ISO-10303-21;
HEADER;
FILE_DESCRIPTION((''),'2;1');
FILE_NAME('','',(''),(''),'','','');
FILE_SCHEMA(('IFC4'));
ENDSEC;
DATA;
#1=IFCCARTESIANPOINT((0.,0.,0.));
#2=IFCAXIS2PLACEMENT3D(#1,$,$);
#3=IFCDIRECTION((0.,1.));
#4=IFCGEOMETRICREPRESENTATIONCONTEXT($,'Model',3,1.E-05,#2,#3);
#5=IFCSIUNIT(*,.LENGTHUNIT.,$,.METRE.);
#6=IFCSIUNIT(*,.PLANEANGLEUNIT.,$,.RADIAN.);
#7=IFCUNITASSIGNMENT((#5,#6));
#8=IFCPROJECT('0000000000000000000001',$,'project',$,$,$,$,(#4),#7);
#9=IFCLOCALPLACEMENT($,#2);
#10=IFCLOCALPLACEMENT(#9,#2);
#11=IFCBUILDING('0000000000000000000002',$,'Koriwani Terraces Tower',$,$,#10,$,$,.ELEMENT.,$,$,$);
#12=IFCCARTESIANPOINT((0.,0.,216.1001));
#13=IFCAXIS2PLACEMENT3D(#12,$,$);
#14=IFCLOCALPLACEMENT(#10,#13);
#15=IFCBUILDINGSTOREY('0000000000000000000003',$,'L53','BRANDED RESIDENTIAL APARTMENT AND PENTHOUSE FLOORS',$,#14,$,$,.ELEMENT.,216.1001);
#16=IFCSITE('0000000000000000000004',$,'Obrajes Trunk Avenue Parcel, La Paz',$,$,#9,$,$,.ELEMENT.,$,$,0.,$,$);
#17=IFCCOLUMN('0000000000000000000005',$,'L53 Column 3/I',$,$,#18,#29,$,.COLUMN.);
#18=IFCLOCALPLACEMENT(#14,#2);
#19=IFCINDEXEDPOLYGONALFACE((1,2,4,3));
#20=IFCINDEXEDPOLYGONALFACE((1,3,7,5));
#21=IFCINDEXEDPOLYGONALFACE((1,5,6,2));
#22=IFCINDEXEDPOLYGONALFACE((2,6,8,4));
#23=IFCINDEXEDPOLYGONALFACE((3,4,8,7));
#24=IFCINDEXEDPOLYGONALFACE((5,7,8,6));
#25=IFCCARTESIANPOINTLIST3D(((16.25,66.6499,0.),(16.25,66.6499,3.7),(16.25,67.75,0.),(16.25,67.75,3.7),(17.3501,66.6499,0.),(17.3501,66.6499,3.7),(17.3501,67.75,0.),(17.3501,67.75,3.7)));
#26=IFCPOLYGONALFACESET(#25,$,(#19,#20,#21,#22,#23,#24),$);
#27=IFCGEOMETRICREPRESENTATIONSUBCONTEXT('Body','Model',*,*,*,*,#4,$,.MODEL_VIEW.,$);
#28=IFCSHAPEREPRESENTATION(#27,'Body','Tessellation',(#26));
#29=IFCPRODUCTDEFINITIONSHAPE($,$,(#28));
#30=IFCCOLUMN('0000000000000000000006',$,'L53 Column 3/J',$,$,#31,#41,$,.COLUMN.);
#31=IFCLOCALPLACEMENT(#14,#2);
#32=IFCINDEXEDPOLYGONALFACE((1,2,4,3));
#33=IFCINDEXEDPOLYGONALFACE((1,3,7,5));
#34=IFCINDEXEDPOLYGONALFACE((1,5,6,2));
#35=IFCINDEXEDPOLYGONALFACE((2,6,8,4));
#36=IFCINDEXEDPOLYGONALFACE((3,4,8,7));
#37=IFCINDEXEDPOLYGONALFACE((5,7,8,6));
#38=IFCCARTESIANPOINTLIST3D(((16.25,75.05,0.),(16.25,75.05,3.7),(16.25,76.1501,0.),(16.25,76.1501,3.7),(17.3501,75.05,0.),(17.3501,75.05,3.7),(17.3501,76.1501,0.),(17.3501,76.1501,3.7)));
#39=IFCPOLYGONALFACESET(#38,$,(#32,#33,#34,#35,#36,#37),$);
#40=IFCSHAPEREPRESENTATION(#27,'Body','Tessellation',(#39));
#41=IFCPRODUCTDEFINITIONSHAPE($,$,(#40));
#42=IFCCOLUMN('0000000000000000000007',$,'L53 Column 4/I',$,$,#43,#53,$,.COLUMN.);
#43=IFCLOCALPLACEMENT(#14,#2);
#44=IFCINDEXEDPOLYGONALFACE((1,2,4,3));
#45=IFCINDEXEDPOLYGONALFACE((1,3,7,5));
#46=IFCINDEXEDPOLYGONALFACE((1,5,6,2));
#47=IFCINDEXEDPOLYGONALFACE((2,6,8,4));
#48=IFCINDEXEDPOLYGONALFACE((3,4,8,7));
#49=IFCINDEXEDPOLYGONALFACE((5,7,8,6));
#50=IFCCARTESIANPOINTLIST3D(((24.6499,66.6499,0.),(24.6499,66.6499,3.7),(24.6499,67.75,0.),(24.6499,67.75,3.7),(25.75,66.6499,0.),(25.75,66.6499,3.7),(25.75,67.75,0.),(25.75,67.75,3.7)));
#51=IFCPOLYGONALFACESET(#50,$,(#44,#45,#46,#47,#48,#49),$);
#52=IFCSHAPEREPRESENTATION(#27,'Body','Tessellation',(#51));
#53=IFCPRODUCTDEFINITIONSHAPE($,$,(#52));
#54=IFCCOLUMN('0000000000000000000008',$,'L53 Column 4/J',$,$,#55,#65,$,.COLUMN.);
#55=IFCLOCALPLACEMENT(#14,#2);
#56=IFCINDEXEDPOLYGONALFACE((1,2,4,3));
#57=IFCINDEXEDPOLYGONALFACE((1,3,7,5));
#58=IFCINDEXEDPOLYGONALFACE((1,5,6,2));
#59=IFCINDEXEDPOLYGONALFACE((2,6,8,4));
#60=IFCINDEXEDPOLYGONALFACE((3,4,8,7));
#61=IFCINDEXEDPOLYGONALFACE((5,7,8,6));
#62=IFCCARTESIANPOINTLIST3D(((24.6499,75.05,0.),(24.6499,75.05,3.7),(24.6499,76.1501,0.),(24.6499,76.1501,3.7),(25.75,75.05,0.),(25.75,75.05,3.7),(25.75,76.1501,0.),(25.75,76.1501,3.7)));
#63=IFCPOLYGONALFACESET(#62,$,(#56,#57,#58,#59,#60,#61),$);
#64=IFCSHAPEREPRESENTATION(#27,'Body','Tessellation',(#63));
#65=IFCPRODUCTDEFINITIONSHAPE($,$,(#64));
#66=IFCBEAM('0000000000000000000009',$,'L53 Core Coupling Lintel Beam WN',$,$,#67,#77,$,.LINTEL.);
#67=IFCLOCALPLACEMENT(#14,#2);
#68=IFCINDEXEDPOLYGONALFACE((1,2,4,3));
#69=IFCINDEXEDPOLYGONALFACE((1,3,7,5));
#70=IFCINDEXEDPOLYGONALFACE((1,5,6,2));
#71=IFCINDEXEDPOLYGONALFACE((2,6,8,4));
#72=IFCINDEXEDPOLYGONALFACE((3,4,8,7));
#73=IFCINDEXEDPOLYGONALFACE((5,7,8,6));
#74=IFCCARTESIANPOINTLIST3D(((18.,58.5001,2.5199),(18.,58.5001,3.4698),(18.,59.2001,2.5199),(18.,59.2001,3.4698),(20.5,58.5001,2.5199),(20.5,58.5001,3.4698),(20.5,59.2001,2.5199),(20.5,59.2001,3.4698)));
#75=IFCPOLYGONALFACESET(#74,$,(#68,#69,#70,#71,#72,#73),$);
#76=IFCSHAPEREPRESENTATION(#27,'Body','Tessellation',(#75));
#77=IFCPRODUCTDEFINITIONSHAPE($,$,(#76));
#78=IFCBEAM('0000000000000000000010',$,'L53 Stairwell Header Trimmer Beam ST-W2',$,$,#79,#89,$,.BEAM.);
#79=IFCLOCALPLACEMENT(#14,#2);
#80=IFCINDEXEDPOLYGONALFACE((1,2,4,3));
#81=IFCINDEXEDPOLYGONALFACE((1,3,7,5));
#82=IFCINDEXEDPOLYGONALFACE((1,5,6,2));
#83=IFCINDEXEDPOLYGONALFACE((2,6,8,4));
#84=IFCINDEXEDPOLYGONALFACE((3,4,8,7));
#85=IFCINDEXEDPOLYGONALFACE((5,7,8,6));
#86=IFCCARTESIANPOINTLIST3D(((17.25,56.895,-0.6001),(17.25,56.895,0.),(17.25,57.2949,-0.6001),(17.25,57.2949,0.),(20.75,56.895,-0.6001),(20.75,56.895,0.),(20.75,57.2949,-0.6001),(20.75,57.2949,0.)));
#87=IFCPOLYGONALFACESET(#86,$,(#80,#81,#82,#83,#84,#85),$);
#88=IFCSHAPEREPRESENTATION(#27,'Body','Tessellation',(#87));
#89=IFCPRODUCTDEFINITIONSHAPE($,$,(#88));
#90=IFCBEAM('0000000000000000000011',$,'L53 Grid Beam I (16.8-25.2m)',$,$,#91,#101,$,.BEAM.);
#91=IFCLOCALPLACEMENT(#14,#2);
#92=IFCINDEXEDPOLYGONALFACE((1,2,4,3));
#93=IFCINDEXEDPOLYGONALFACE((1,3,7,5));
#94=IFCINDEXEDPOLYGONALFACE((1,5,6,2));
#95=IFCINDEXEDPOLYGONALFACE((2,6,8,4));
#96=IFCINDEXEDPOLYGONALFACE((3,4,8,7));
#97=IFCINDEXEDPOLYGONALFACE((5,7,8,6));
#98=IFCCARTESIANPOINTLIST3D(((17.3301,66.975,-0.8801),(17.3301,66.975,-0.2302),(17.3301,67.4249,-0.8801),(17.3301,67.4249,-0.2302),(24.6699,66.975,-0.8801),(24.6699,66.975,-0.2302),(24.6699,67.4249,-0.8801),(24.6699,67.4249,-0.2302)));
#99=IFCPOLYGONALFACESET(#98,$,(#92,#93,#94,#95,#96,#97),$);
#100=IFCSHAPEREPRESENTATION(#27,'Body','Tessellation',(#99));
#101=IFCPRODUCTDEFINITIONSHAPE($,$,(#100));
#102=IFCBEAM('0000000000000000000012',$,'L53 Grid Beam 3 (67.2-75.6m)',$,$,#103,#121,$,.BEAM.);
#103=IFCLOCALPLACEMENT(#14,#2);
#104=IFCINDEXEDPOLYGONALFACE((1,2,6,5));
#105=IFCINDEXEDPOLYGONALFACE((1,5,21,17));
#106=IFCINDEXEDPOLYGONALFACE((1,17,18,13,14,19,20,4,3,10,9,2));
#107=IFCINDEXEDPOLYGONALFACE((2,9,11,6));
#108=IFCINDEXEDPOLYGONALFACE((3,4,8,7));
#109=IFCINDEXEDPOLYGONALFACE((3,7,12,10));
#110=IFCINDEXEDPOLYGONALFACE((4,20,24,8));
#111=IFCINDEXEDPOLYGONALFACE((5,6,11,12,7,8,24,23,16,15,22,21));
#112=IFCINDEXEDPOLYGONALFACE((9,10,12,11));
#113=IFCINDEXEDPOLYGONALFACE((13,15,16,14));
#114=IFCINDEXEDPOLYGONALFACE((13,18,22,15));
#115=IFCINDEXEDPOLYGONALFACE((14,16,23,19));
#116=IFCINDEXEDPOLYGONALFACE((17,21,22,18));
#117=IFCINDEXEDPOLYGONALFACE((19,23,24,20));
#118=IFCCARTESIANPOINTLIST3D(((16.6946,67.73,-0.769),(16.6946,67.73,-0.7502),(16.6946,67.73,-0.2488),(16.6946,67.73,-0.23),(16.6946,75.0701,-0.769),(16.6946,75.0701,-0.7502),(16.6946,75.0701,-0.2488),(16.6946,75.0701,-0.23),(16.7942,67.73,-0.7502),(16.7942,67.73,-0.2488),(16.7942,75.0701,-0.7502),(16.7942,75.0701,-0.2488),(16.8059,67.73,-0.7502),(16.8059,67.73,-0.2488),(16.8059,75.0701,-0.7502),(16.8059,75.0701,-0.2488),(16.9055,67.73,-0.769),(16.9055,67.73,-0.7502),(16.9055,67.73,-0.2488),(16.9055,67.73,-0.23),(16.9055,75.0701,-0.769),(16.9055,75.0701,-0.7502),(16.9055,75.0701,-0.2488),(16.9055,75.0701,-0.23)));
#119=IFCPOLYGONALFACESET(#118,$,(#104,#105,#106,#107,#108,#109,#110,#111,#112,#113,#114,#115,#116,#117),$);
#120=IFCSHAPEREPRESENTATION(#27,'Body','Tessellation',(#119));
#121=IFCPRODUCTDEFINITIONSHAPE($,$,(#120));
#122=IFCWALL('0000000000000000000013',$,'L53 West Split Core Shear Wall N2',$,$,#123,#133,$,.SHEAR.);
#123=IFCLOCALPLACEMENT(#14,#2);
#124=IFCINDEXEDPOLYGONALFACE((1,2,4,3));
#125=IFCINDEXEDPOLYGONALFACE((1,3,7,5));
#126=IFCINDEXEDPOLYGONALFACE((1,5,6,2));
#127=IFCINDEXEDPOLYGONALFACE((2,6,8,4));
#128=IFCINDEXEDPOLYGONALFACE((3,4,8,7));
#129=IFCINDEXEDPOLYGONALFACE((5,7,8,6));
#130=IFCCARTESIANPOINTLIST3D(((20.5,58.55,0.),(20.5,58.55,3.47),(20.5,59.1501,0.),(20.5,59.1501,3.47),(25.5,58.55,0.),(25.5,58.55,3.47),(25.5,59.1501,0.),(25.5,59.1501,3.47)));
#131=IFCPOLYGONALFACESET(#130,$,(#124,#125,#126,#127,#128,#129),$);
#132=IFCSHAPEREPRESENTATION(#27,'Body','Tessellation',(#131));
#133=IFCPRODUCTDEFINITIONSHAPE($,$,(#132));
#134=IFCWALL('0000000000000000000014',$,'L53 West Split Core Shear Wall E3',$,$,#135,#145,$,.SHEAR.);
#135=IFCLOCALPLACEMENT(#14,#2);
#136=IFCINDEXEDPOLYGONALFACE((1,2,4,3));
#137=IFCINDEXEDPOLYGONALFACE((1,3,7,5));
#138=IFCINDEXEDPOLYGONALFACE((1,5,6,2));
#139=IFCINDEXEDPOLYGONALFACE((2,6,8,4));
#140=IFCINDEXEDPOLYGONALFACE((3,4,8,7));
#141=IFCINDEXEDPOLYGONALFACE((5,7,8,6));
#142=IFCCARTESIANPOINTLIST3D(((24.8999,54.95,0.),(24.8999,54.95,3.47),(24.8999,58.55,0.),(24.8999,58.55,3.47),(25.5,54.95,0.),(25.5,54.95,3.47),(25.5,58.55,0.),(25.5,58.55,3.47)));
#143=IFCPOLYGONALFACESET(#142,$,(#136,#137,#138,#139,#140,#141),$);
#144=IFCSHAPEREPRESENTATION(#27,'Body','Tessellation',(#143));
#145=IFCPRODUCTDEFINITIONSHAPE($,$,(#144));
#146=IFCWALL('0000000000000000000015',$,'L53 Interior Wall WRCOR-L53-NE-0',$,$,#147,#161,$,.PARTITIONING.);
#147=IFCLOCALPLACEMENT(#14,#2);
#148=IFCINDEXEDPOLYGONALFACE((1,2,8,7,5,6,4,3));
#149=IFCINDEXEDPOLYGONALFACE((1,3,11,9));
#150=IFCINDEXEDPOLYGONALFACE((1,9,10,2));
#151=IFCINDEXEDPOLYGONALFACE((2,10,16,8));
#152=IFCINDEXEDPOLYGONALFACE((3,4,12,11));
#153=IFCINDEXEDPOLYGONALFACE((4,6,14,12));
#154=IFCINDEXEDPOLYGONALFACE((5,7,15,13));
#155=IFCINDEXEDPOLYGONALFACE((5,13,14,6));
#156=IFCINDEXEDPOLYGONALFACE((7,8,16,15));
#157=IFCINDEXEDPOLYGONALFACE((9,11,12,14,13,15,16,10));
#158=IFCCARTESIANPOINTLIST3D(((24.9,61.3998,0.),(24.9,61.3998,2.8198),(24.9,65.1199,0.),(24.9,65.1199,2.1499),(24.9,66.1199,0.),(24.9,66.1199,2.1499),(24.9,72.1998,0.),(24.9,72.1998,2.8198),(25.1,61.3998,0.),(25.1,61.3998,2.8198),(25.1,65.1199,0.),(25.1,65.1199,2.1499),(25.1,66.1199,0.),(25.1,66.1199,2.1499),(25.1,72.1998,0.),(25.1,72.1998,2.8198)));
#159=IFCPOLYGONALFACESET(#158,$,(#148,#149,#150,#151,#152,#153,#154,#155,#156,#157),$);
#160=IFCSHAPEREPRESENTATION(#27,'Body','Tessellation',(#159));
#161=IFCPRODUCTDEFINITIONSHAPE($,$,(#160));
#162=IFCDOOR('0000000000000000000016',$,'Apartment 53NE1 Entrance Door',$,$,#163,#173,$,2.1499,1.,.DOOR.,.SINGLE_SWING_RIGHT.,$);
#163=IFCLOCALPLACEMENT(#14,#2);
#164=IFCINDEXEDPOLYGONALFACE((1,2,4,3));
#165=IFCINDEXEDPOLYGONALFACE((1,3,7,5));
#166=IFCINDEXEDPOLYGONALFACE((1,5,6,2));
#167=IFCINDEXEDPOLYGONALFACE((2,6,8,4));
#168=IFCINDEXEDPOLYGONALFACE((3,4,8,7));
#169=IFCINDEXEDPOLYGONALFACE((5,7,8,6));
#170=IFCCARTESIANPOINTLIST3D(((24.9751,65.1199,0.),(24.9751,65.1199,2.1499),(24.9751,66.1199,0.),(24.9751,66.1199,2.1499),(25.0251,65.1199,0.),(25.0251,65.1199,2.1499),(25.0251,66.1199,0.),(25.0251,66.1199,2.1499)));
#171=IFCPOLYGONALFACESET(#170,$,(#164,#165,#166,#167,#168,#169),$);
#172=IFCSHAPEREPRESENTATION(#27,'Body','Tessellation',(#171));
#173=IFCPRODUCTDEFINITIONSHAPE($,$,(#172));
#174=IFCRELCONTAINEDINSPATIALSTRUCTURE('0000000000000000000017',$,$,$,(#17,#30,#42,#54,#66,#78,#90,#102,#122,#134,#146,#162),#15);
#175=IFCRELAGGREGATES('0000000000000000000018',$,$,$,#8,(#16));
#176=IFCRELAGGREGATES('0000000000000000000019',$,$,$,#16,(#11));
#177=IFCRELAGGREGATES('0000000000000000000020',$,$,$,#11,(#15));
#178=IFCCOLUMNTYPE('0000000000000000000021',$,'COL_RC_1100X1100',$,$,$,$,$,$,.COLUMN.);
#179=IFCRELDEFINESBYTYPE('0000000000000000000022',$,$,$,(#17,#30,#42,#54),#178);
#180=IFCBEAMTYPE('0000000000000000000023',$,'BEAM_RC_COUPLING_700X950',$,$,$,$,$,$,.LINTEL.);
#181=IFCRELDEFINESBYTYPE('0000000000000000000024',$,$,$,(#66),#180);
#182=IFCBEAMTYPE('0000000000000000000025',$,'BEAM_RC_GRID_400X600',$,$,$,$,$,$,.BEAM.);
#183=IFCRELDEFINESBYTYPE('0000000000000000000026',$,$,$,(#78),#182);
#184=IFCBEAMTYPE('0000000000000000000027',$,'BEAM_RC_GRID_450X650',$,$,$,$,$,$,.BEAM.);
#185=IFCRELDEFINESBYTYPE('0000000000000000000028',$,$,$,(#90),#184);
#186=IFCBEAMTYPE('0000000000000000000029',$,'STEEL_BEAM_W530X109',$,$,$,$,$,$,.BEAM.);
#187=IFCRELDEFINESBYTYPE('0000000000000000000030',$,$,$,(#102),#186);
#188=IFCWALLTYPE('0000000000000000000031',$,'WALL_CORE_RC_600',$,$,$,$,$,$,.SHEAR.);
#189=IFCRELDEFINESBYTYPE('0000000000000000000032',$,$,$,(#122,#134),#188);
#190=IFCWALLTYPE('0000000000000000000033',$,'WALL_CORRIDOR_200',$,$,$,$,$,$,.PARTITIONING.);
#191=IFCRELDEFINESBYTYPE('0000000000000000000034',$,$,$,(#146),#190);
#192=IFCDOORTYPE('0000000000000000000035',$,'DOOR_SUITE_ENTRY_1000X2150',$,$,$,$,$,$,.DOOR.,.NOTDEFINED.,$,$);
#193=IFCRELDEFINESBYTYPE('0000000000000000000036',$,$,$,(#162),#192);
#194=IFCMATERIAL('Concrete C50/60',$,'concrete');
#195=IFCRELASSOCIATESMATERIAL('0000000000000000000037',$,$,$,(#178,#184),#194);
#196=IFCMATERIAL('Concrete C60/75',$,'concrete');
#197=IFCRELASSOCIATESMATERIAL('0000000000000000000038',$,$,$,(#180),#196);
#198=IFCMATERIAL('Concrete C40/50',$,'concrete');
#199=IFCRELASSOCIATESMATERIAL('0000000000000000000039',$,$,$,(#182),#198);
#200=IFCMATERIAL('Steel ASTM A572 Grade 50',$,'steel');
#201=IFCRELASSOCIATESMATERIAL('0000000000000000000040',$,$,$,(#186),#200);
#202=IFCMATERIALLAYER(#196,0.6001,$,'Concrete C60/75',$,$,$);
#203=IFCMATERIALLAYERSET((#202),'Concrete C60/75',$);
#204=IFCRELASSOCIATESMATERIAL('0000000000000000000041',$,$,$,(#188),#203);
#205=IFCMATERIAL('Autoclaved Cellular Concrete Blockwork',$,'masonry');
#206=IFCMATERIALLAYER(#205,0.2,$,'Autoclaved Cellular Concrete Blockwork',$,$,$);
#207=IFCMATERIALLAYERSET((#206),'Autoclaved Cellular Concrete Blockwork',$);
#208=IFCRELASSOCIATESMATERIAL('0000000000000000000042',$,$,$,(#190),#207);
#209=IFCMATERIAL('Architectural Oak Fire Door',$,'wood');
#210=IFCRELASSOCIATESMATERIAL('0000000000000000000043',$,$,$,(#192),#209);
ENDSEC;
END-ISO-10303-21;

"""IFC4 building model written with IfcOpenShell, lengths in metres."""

from ifc_helpers import new_model, si_unit, direction, frame, frame_2d, origin, origin_2d, place, context, subcontext, project, spatial, rectangle, i_section, extrude, material, layer, layer_set, material_profile, profile_set, type_object, element, fill, save


model = new_model("IFC4")

# Units and contexts
model_context = context("Model", 3, precision=1e-05, world=origin(), true_north=direction((0.0, 1.0)))
body_context = subcontext(model_context, "Body", "Model", "MODEL_VIEW")
ifc_project = project(units=[si_unit("LENGTHUNIT", "METRE"), si_unit("PLANEANGLEUNIT", "RADIAN")], contexts=[model_context])

# Site, building, storey
site_placement = place(None, origin())
site = spatial("IfcSite", under=ifc_project, at=site_placement, Name="Obrajes Trunk Avenue Parcel, La Paz", CompositionType="ELEMENT", RefElevation=0.0)
building_placement = place(site_placement, origin())
building = spatial("IfcBuilding", under=site, at=building_placement, Name="Koriwani Terraces Tower", CompositionType="ELEMENT")
storey_placement = place(building_placement, frame((0.0, 0.0, 216.1001)))
storey = spatial("IfcBuildingStorey", under=building, at=storey_placement, Name="L53", Description="BRANDED RESIDENTIAL APARTMENT AND PENTHOUSE FLOORS", CompositionType="ELEMENT", Elevation=216.1001)

# Columns
ifc_material_1 = material(Name="Concrete C50/60", Category="concrete")
ifc_material_profile_1 = material_profile(ifc_material_1, rectangle(XDim=1.1001, YDim=1.1001, at=origin_2d()), Name="Concrete C50/60", Category="LoadBearing")
ifc_profile_set_1 = profile_set([ifc_material_profile_1], Name="Concrete C50/60")
column_type = type_object("IfcColumnType", Name="COL_RC_1100X1100", PredefinedType="COLUMN", material=ifc_profile_set_1)
for number, where, z_axis, x_axis, name in (
    (1, (16.8, 67.2, 0.0), (0.0, 0.0, 1.0), (1.0, 0.0, 0.0), "L53 Column 3/I"),
    (2, (16.8, 75.6001, 0.0), (0.0, 0.0, 1.0), (1.0, 0.0, 0.0), "L53 Column 3/J"),
    (3, (25.2, 67.2, 0.0), (0.0, 0.0, 1.0), (1.0, 0.0, 0.0), "L53 Column 4/I"),
    (4, (25.2, 75.6001, 0.0), (0.0, 0.0, 1.0), (1.0, 0.0, 0.0), "L53 Column 4/J"),
):
    element("IfcColumn", number, at=place(storey_placement, frame(where, z_axis=z_axis, x_axis=x_axis)), inside=storey, type_object=column_type, Name=name, PredefinedType="COLUMN", context=body_context, shape_type="SweptSolid", body=[
        extrude(rectangle(XDim=1.1001, YDim=1.1001, at=origin_2d()), origin(), (0.0, 0.0, 1.0), 3.7),
    ])

# Beams
ifc_material_2 = material(Name="Concrete C60/75", Category="concrete")
ifc_material_profile_2 = material_profile(ifc_material_2, rectangle(XDim=0.7, YDim=0.95, at=origin_2d()), Name="Concrete C60/75", Category="LoadBearing")
ifc_profile_set_2 = profile_set([ifc_material_profile_2], Name="Concrete C60/75")
beam_type_1 = type_object("IfcBeamType", Name="BEAM_RC_COUPLING_700X950", PredefinedType="LINTEL", material=ifc_profile_set_2)
beam_1_placement = place(storey_placement, frame((18.0, 58.8501, 2.9949), z_axis=(1.0, 0.0, 0.0), x_axis=(0.0, 1.0, 0.0)))
element("IfcBeam", 5, at=beam_1_placement, inside=storey, type_object=beam_type_1, Name="L53 Core Coupling Lintel Beam WN", PredefinedType="LINTEL", context=body_context, shape_type="SweptSolid", body=[
    extrude(rectangle(XDim=0.7, YDim=0.95, at=origin_2d()), origin(), (0.0, 0.0, 1.0), 2.5),
])
ifc_material_3 = material(Name="Concrete C40/50", Category="concrete")
ifc_material_profile_3 = material_profile(ifc_material_3, rectangle(XDim=0.3999, YDim=0.6001, at=origin_2d()), Name="Concrete C40/50", Category="LoadBearing")
ifc_profile_set_3 = profile_set([ifc_material_profile_3], Name="Concrete C40/50")
beam_type_2 = type_object("IfcBeamType", Name="BEAM_RC_GRID_400X600", PredefinedType="BEAM", material=ifc_profile_set_3)
beam_2_placement = place(storey_placement, frame((17.25, 57.095, -0.3), z_axis=(1.0, 0.0, 0.0), x_axis=(0.0, 1.0, 0.0)))
element("IfcBeam", 6, at=beam_2_placement, inside=storey, type_object=beam_type_2, Name="L53 Stairwell Header Trimmer Beam ST-W2", PredefinedType="BEAM", context=body_context, shape_type="SweptSolid", body=[
    extrude(rectangle(XDim=0.3999, YDim=0.6001, at=origin_2d()), origin(), (0.0, 0.0, 1.0), 3.5),
])
ifc_material_profile_4 = material_profile(ifc_material_1, rectangle(XDim=0.45, YDim=0.6499, at=origin_2d()), Name="Concrete C50/60", Category="LoadBearing")
ifc_profile_set_4 = profile_set([ifc_material_profile_4], Name="Concrete C50/60")
beam_type_3 = type_object("IfcBeamType", Name="BEAM_RC_GRID_450X650", PredefinedType="BEAM", material=ifc_profile_set_4)
beam_3_placement = place(storey_placement, frame((17.3301, 67.2, -0.5552), z_axis=(1.0, 0.0, 0.0), x_axis=(0.0, 1.0, 0.0)))
element("IfcBeam", 7, at=beam_3_placement, inside=storey, type_object=beam_type_3, Name="L53 Grid Beam I (16.8-25.2m)", PredefinedType="BEAM", context=body_context, shape_type="SweptSolid", body=[
    extrude(rectangle(XDim=0.45, YDim=0.6499, at=origin_2d()), origin(), (0.0, 0.0, 1.0), 7.3398),
])
ifc_material_4 = material(Name="Steel ASTM A572 Grade 50", Category="steel")
ifc_material_profile_5 = material_profile(ifc_material_4, i_section(OverallWidth=0.2109, OverallDepth=0.5391, WebThickness=0.0117, FlangeThickness=0.0188, at=origin_2d()), Name="Steel ASTM A572 Grade 50", Category="LoadBearing")
ifc_profile_set_5 = profile_set([ifc_material_profile_5], Name="Steel ASTM A572 Grade 50")
beam_type_4 = type_object("IfcBeamType", Name="STEEL_BEAM_W530X109", PredefinedType="BEAM", material=ifc_profile_set_5)
beam_4_placement = place(storey_placement, frame((16.8, 67.73, -0.4995), z_axis=(0.0, 1.0, 0.0), x_axis=(-1.0, 0.0, 0.0)))
element("IfcBeam", 8, at=beam_4_placement, inside=storey, type_object=beam_type_4, Name="L53 Grid Beam 3 (67.2-75.6m)", PredefinedType="BEAM", context=body_context, shape_type="SweptSolid", body=[
    extrude(i_section(OverallWidth=0.2109, OverallDepth=0.5391, WebThickness=0.0117, FlangeThickness=0.0188, at=origin_2d()), origin(), (0.0, 0.0, 1.0), 7.3401),
])

# Walls
ifc_layer_1 = layer(ifc_material_2, 0.6001, Name="Concrete C60/75")
ifc_layer_set_1 = layer_set([ifc_layer_1], Name="Concrete C60/75")
wall_type_1 = type_object("IfcWallType", Name="WALL_CORE_RC_600", PredefinedType="SHEAR", material=ifc_layer_set_1)
wall_1_placement = place(storey_placement, frame((20.5, 58.8501, 0.0), z_axis=(0.0, 0.0, 1.0), x_axis=(1.0, 0.0, 0.0)))
element("IfcWall", 9, at=wall_1_placement, inside=storey, type_object=wall_type_1, Name="L53 West Split Core Shear Wall N2", PredefinedType="SHEAR", context=body_context, shape_type="SweptSolid", body=[
    extrude(rectangle(XDim=5.0, YDim=0.6001, at=frame_2d((2.5, 0.0))), origin(), (0.0, 0.0, 1.0), 3.47),
])
wall_2_placement = place(storey_placement, frame((25.2, 54.95, 0.0), z_axis=(0.0, 0.0, 1.0), x_axis=(0.0, 1.0, 0.0)))
element("IfcWall", 10, at=wall_2_placement, inside=storey, type_object=wall_type_1, Name="L53 West Split Core Shear Wall E3", PredefinedType="SHEAR", context=body_context, shape_type="SweptSolid", body=[
    extrude(rectangle(XDim=3.6001, YDim=0.6001, at=frame_2d((1.8, 0.0))), origin(), (0.0, 0.0, 1.0), 3.47),
])

# Wall, opening, door
ifc_material_5 = material(Name="Autoclaved Cellular Concrete Blockwork", Category="masonry")
ifc_layer_2 = layer(ifc_material_5, 0.2, Name="Autoclaved Cellular Concrete Blockwork")
ifc_layer_set_2 = layer_set([ifc_layer_2], Name="Autoclaved Cellular Concrete Blockwork")
wall_type_2 = type_object("IfcWallType", Name="WALL_CORRIDOR_200", PredefinedType="PARTITIONING", material=ifc_layer_set_2)
wall_3_placement = place(storey_placement, frame((25.0, 61.3999, 0.0), z_axis=(0.0, 0.0, 1.0), x_axis=(0.0, 1.0, 0.0)))
wall_3 = element("IfcWall", 11, at=wall_3_placement, inside=storey, type_object=wall_type_2, Name="L53 Interior Wall WRCOR-L53-NE-0", PredefinedType="PARTITIONING", context=body_context, shape_type="SweptSolid", body=[
    extrude(rectangle(XDim=10.8, YDim=0.2, at=frame_2d((5.3999, 0.0))), origin(), (0.0, 0.0, 1.0), 2.8198),
])
opening_1_placement = place(wall_3_placement, frame((3.72, 0.0, 0.0)))
opening_1 = element("IfcOpeningElement", 12, at=opening_1_placement, cuts=wall_3, PredefinedType="OPENING", context=body_context, shape_type="SweptSolid", body=[
    extrude(rectangle(XDim=1.0, YDim=2.1499, at=frame_2d((0.5, 1.075))), frame((0.0, 0.1099, 0.0), z_axis=(0.0, -1.0, 0.0), x_axis=(1.0, 0.0, 0.0)), (0.0, 0.0, 1.0), 0.22),
])
ifc_material_6 = material(Name="Architectural Oak Fire Door", Category="wood")
door_type_1 = type_object("IfcDoorType", Name="DOOR_SUITE_ENTRY_1000X2150", OperationType="NOTDEFINED", PredefinedType="DOOR", material=ifc_material_6)
door_1_placement = place(opening_1_placement, origin())
door_1 = element("IfcDoor", 13, at=door_1_placement, inside=storey, type_object=door_type_1, Name="Apartment 53NE1 Entrance Door", OperationType="SINGLE_SWING_RIGHT", OverallHeight=2.1499, OverallWidth=1.0, PredefinedType="DOOR", context=body_context, shape_type="SweptSolid", body=[
    extrude(rectangle(XDim=1.0, YDim=2.1499, at=frame_2d((0.5, 1.075))), frame((0.0, 0.0249, 0.0), z_axis=(0.0, -1.0, 0.0), x_axis=(1.0, 0.0, 0.0)), (0.0, 0.0, 1.0), 0.05),
])
fill(opening_1, door_1)

save(model, "model.ifc")
